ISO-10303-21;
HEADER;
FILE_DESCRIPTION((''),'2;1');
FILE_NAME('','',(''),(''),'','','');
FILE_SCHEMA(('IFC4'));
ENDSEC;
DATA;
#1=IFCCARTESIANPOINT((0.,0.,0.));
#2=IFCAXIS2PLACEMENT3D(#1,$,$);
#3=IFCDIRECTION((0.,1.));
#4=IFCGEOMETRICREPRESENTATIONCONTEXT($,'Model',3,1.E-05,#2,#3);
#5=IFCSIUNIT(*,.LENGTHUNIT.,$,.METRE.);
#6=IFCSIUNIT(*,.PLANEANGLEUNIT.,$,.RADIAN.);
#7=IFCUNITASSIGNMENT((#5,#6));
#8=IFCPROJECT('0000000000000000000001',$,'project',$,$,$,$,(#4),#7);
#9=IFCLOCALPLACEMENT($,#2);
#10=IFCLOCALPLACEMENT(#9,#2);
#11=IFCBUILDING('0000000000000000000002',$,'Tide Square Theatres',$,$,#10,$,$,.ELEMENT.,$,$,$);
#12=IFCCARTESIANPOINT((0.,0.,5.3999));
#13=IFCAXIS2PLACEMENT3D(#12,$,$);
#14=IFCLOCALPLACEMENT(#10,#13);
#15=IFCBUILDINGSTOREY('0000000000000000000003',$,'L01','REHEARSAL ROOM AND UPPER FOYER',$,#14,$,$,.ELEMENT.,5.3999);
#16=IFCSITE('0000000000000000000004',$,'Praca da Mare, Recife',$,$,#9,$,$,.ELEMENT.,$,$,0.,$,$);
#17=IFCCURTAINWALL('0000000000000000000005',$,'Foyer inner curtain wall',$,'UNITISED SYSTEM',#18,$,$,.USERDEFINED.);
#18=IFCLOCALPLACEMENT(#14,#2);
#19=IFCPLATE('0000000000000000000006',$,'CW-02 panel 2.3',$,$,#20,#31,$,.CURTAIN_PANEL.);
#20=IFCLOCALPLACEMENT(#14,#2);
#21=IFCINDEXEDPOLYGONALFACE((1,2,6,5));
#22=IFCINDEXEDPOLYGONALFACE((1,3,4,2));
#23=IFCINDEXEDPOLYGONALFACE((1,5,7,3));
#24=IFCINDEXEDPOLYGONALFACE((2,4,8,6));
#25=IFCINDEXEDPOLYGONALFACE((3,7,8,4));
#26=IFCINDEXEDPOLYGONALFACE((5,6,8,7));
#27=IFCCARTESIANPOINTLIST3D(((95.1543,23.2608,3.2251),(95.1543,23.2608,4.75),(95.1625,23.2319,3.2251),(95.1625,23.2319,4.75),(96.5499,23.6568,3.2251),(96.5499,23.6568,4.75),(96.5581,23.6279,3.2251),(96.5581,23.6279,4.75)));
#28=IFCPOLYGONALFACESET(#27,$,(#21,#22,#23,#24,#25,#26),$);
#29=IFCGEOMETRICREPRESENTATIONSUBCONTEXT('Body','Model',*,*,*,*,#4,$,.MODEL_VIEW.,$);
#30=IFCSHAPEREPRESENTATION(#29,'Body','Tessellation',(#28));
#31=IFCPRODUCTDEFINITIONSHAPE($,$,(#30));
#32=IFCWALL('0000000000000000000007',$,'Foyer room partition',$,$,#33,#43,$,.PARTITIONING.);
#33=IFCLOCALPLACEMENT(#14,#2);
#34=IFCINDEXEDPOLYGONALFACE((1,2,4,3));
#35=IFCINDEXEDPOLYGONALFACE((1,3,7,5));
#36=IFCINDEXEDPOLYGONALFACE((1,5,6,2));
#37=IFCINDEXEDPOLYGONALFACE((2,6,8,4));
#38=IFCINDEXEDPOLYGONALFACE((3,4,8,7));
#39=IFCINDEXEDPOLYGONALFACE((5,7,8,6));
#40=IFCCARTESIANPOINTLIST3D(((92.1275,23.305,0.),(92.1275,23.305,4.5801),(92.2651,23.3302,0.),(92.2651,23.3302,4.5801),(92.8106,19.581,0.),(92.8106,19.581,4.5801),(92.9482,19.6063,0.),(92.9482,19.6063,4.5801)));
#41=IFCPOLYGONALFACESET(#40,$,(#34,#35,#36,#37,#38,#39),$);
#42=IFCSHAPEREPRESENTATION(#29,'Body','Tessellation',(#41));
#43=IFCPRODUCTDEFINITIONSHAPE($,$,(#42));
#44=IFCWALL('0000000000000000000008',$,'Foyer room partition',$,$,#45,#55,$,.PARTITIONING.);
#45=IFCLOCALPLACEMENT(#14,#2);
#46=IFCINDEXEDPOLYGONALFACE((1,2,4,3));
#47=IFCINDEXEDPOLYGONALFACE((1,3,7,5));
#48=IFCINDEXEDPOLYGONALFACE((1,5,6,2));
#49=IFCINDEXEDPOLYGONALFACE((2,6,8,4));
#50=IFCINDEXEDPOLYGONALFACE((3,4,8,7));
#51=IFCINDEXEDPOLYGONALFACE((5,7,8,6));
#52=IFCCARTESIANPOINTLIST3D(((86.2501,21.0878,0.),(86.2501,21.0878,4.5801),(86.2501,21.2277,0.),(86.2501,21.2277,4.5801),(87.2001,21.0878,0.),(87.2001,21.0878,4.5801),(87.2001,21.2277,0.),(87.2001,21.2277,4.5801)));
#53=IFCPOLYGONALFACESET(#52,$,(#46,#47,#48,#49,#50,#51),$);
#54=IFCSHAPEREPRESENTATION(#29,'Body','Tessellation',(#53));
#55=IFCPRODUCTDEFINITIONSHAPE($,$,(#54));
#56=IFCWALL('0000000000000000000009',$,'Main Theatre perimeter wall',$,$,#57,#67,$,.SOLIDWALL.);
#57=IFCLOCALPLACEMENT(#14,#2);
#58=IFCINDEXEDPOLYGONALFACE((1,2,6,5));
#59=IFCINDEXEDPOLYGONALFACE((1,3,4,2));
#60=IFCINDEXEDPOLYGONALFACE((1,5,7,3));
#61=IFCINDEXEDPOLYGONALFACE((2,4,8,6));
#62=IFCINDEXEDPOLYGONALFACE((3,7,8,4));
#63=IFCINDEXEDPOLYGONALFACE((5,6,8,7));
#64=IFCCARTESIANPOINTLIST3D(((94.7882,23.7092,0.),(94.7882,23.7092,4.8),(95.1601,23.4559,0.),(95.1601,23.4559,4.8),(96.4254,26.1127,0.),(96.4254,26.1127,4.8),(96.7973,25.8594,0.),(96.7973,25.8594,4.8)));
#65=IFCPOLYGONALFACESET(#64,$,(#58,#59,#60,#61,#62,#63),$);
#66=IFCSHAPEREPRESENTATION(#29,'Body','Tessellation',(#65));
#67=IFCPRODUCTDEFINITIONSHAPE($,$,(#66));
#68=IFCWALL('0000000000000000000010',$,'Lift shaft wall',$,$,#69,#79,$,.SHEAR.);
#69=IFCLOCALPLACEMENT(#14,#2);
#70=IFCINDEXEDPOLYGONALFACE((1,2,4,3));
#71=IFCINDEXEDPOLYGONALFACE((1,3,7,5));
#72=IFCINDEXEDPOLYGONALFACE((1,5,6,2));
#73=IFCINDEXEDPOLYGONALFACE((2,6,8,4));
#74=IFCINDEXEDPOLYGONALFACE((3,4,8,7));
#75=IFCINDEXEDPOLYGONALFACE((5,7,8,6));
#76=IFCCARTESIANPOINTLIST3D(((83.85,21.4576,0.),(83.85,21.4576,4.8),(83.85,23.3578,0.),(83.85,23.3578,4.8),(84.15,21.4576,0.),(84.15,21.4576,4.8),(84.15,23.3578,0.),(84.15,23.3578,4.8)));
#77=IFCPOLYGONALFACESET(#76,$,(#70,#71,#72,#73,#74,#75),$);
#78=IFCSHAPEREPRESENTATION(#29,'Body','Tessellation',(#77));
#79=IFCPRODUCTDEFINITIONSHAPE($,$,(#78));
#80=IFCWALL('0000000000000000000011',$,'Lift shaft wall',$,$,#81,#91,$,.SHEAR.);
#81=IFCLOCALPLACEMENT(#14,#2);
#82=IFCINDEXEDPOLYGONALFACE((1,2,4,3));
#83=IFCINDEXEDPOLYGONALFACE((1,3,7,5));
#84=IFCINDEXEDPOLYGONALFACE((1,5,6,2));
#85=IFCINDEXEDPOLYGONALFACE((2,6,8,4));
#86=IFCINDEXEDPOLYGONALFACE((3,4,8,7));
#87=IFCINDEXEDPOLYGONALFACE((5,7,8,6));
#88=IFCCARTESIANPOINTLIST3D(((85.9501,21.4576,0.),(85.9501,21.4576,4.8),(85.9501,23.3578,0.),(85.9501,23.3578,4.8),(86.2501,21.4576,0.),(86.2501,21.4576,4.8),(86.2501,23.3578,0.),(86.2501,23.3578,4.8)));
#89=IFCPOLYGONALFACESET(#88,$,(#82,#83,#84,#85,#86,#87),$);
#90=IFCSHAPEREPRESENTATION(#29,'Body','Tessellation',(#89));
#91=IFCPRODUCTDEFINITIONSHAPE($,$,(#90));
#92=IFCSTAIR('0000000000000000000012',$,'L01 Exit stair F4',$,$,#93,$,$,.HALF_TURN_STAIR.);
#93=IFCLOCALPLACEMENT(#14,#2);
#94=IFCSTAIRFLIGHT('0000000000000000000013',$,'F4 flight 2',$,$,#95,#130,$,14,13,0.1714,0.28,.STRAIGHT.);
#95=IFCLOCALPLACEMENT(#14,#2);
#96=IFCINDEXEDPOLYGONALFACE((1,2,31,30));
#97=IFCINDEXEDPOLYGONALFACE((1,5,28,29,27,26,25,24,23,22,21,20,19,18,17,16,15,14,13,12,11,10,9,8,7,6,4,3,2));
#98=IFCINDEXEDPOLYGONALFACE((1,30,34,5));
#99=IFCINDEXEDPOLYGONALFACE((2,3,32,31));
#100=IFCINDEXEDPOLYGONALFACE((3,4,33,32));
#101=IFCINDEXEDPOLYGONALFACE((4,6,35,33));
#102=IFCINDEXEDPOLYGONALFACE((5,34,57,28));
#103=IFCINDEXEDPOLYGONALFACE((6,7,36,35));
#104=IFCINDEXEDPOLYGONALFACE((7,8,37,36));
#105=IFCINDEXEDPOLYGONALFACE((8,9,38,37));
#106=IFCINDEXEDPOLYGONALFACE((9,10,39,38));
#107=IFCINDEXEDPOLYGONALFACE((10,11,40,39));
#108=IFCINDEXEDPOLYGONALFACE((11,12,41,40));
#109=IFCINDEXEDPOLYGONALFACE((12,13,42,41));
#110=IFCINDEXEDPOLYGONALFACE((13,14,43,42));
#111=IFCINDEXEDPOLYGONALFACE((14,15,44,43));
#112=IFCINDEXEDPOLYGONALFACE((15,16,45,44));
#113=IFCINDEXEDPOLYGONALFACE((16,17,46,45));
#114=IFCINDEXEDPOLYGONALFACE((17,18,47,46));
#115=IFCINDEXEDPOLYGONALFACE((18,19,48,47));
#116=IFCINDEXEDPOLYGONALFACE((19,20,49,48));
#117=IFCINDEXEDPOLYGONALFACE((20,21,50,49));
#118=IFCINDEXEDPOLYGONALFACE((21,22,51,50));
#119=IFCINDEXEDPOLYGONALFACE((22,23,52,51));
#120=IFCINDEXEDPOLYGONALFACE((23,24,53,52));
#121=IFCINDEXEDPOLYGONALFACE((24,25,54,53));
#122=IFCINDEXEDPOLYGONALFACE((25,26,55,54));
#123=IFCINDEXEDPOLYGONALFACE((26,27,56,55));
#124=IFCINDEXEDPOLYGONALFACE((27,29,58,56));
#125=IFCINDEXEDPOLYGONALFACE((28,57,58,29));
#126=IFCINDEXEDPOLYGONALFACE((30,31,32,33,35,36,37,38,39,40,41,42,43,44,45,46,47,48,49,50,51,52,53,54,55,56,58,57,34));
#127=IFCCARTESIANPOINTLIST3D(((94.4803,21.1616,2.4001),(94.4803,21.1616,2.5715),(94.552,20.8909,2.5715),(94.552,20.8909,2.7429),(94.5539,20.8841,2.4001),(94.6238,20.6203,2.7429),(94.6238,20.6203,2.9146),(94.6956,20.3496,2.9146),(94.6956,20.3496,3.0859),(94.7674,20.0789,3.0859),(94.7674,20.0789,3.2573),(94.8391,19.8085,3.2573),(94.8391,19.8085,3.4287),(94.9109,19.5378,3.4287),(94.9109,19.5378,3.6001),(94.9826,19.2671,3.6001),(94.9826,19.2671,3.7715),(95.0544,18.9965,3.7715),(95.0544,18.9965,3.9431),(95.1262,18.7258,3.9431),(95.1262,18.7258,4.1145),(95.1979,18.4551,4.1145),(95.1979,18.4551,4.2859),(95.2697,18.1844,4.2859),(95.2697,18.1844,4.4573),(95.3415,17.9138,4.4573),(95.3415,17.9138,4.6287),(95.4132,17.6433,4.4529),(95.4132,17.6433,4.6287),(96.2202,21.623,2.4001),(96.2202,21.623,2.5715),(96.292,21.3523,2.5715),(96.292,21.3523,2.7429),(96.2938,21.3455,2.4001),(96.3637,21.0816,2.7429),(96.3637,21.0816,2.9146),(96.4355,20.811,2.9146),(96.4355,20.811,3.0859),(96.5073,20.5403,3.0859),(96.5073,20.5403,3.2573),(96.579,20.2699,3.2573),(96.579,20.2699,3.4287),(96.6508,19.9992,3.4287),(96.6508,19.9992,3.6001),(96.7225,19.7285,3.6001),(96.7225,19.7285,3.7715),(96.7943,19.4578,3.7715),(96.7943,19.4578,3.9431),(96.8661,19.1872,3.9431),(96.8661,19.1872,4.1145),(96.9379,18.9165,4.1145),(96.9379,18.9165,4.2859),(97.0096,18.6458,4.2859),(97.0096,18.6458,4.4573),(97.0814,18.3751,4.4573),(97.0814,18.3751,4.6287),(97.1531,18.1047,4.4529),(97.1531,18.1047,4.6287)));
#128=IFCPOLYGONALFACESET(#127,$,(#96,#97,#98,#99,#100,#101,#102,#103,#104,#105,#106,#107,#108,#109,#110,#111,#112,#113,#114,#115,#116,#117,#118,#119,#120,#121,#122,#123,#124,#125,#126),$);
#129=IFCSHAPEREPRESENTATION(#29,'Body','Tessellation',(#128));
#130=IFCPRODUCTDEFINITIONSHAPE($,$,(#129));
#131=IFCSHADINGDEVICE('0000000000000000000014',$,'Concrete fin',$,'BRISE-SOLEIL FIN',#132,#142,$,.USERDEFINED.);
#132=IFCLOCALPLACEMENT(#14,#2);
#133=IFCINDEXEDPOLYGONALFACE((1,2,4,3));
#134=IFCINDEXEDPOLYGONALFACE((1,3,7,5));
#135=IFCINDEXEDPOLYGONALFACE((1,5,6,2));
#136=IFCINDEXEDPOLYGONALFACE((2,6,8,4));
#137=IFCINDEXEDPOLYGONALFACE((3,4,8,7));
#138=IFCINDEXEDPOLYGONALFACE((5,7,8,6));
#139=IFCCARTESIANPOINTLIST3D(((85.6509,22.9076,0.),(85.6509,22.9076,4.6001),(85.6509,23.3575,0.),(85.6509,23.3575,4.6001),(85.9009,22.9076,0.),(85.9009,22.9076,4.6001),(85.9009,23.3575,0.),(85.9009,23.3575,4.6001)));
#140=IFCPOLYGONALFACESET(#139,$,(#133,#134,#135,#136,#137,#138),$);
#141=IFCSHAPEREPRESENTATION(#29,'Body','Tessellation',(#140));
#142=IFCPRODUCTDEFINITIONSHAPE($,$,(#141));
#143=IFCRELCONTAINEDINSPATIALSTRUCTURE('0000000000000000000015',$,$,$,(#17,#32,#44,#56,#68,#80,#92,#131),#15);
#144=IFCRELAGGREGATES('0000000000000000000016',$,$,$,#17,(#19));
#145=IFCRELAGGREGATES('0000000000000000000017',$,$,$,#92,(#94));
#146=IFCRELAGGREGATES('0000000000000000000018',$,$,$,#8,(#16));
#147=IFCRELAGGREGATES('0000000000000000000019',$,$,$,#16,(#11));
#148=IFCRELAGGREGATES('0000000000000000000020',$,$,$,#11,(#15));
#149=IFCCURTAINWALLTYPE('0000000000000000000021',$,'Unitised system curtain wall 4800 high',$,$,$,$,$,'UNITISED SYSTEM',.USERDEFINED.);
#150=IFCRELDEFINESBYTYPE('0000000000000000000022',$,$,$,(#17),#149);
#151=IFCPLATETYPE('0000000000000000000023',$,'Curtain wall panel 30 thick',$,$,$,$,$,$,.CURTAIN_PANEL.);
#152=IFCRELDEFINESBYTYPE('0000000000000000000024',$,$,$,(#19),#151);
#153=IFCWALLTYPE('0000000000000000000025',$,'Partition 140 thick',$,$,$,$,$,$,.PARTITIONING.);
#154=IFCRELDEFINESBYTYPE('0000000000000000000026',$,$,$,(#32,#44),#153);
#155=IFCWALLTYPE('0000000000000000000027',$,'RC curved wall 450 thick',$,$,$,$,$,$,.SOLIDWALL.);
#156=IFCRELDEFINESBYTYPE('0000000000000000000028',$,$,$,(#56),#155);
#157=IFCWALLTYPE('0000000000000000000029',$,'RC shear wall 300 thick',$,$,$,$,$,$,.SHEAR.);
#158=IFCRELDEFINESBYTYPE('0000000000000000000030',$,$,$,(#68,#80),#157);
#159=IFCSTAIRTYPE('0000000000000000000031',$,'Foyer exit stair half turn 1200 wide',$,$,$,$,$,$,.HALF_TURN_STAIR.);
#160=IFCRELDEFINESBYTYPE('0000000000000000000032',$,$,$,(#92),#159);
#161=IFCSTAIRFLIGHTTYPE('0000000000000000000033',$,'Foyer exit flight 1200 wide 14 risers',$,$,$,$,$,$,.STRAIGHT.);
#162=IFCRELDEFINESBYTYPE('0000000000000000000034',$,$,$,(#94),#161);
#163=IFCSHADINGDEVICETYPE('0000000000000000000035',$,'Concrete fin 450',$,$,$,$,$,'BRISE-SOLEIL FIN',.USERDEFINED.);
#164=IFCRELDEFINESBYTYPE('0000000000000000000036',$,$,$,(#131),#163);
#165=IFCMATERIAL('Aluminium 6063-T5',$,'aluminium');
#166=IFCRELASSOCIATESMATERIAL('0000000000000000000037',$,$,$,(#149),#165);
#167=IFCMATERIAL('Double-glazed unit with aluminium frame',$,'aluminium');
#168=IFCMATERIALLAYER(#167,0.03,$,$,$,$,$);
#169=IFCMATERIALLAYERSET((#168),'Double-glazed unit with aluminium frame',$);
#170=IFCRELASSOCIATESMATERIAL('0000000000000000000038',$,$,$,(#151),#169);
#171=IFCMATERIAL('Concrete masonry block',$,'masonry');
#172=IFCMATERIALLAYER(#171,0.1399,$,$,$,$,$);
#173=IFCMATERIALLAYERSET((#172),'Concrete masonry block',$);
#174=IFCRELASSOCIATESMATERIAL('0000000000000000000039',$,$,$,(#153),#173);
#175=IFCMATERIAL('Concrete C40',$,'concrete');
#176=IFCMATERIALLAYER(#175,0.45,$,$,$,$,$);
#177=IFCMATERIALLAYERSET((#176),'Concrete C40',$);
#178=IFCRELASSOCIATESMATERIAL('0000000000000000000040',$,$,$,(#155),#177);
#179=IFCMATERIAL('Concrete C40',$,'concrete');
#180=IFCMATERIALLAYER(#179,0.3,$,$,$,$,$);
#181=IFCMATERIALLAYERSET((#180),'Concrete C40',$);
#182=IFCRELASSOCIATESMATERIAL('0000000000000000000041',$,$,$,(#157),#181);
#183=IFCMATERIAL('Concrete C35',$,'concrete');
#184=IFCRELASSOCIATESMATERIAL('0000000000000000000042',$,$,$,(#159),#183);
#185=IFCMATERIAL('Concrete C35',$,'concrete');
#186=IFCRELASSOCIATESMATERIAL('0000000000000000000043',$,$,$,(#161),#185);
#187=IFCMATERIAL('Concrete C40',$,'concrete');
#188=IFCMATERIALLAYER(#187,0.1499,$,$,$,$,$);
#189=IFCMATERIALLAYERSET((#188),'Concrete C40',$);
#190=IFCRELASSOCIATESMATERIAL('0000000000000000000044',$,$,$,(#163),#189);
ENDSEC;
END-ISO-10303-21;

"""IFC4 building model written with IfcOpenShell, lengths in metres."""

from ifc_helpers import new_model, si_unit, direction, frame, frame_2d, origin, origin_2d, place, context, subcontext, project, spatial, polyline, rectangle, outline, extrude, material, layer, layer_set, type_object, element, aggregate, save


model = new_model("IFC4")

# Units and contexts
model_context = context("Model", 3, precision=1e-05, world=origin(), true_north=direction((0.0, 1.0)))
body_context = subcontext(model_context, "Body", "Model", "MODEL_VIEW")
ifc_project = project(units=[si_unit("LENGTHUNIT", "METRE"), si_unit("PLANEANGLEUNIT", "RADIAN")], contexts=[model_context])

# Site, building, storey
site_placement = place(None, origin())
site = spatial("IfcSite", under=ifc_project, at=site_placement, Name="Praca da Mare, Recife", CompositionType="ELEMENT", RefElevation=0.0)
building_placement = place(site_placement, origin())
building = spatial("IfcBuilding", under=site, at=building_placement, Name="Tide Square Theatres", CompositionType="ELEMENT")
storey_placement = place(building_placement, frame((0.0, 0.0, 5.3999)))
storey = spatial("IfcBuildingStorey", under=building, at=storey_placement, Name="L01", Description="REHEARSAL ROOM AND UPPER FOYER", CompositionType="ELEMENT", Elevation=5.3999)

# Curtain wall
ifc_material_1 = material(Name="Aluminium 6063-T5", Category="aluminium")
curtain_wall_type = type_object("IfcCurtainWallType", Name="Unitised system curtain wall 4800 high", ElementType="UNITISED SYSTEM", PredefinedType="USERDEFINED", material=ifc_material_1)
curtain_wall_1_placement = place(storey_placement, origin())
curtain_wall_1 = element("IfcCurtainWall", 1, at=curtain_wall_1_placement, inside=storey, type_object=curtain_wall_type, Name="Foyer inner curtain wall", ObjectType="UNITISED SYSTEM", PredefinedType="USERDEFINED")

# Plate
ifc_material_2 = material(Name="Double-glazed unit with aluminium frame", Category="aluminium")
ifc_layer_1 = layer(ifc_material_2, 0.03)
ifc_layer_set_1 = layer_set([ifc_layer_1], Name="Double-glazed unit with aluminium frame")
plate_type = type_object("IfcPlateType", Name="Curtain wall panel 30 thick", PredefinedType="CURTAIN_PANEL", material=ifc_layer_set_1)
plate_1_placement = place(storey_placement, frame((95.8562, 23.4443, 3.2251), z_axis=(0.0, 0.0, 1.0), x_axis=(-0.962021, -0.272976, 0.0)))
plate_1 = element("IfcPlate", 2, at=plate_1_placement, type_object=plate_type, Name="CW-02 panel 2.3", PredefinedType="CURTAIN_PANEL", context=body_context, shape_type="SweptSolid", body=[
    extrude(rectangle(XDim=1.4507, YDim=0.03, at=origin_2d()), origin(), (0.0, 0.0, 1.0), 1.5249),
])
aggregate(curtain_wall_1, [plate_1])

# Walls
ifc_material_3 = material(Name="Concrete masonry block", Category="masonry")
ifc_layer_2 = layer(ifc_material_3, 0.1399)
ifc_layer_set_2 = layer_set([ifc_layer_2], Name="Concrete masonry block")
wall_type_1 = type_object("IfcWallType", Name="Partition 140 thick", PredefinedType="PARTITIONING", material=ifc_layer_set_2)
wall_1_placement = place(storey_placement, frame((92.1963, 23.3176, 0.0), z_axis=(0.0, 0.0, 1.0), x_axis=(0.180429, -0.983588, 0.0)))
element("IfcWall", 3, at=wall_1_placement, inside=storey, type_object=wall_type_1, Name="Foyer room partition", PredefinedType="PARTITIONING", context=body_context, shape_type="SweptSolid", body=[
    extrude(rectangle(XDim=3.7861, YDim=0.1399, at=frame_2d((1.8931, 0.0))), origin(), (0.0, 0.0, 1.0), 4.5801),
])
wall_2_placement = place(storey_placement, frame((86.25, 21.1577, 0.0), z_axis=(0.0, 0.0, 1.0), x_axis=(1.0, 0.0, 0.0)))
element("IfcWall", 4, at=wall_2_placement, inside=storey, type_object=wall_type_1, Name="Foyer room partition", PredefinedType="PARTITIONING", context=body_context, shape_type="SweptSolid", body=[
    extrude(rectangle(XDim=0.95, YDim=0.1399, at=frame_2d((0.4751, 0.0))), origin(), (0.0, 0.0, 1.0), 4.5801),
])
ifc_material_4 = material(Name="Concrete C40", Category="concrete")
ifc_layer_3 = layer(ifc_material_4, 0.45)
ifc_layer_set_3 = layer_set([ifc_layer_3], Name="Concrete C40")
wall_type_2 = type_object("IfcWallType", Name="RC curved wall 450 thick", PredefinedType="SOLIDWALL", material=ifc_layer_set_3)
wall_3_placement = place(storey_placement, frame((94.9741, 23.5825, 0.0), z_axis=(0.0, 0.0, 1.0), x_axis=(0.562964, 0.826481, 0.0)))
element("IfcWall", 5, at=wall_3_placement, inside=storey, type_object=wall_type_2, Name="Main Theatre perimeter wall", PredefinedType="SOLIDWALL", context=body_context, shape_type="SweptSolid", body=[
    extrude(rectangle(XDim=2.9082, YDim=0.45, at=frame_2d((1.4541, 0.0))), origin(), (0.0, 0.0, 1.0), 4.8),
])
ifc_material_5 = material(Name="Concrete C40", Category="concrete")
ifc_layer_4 = layer(ifc_material_5, 0.3)
ifc_layer_set_4 = layer_set([ifc_layer_4], Name="Concrete C40")
wall_type_3 = type_object("IfcWallType", Name="RC shear wall 300 thick", PredefinedType="SHEAR", material=ifc_layer_set_4)
for number, where, z_axis, x_axis, name in (
    (6, (84.0, 21.4575, 0.0), (0.0, 0.0, 1.0), (0.0, 1.0, 0.0), "Lift shaft wall"),
    (7, (86.1001, 21.4575, 0.0), (0.0, 0.0, 1.0), (0.0, 1.0, 0.0), "Lift shaft wall"),
):
    element("IfcWall", number, at=place(storey_placement, frame(where, z_axis=z_axis, x_axis=x_axis)), inside=storey, type_object=wall_type_3, Name=name, PredefinedType="SHEAR", context=body_context, shape_type="SweptSolid", body=[
        extrude(rectangle(XDim=1.9001, YDim=0.3, at=frame_2d((0.9502, 0.0))), origin(), (0.0, 0.0, 1.0), 4.8),
    ])

# Stair, stair flight
ifc_material_6 = material(Name="Concrete C35", Category="concrete")
stair_type = type_object("IfcStairType", Name="Foyer exit stair half turn 1200 wide", PredefinedType="HALF_TURN_STAIR", material=ifc_material_6)
stair_placement = place(storey_placement, origin())
stair = element("IfcStair", 8, at=stair_placement, inside=storey, type_object=stair_type, Name="L01 Exit stair F4", PredefinedType="HALF_TURN_STAIR")
ifc_material_7 = material(Name="Concrete C35", Category="concrete")
stair_flight_type = type_object("IfcStairFlightType", Name="Foyer exit flight 1200 wide 14 risers", PredefinedType="STRAIGHT", material=ifc_material_7)
stair_flight_placement = place(storey_placement, frame((95.3503, 21.3923, 2.4001), z_axis=(0.0, 0.0, 1.0), x_axis=(0.256311, -0.966594, 0.0)))
stair_flight = element("IfcStairFlight", 9, at=stair_flight_placement, type_object=stair_flight_type, Name="F4 flight 2", NumberOfRisers=14, NumberOfTreads=13, PredefinedType="STRAIGHT", RiserHeight=0.1714, TreadLength=0.28, context=body_context, shape_type="SweptSolid", body=[
    extrude(outline(polyline([(0.0, 0.0), (0.0, 0.1714), (0.28, 0.1714), (0.28, 0.3428), (0.5601, 0.3428), (0.5601, 0.5144), (0.8401, 0.5144), (0.8401, 0.6858), (1.1201, 0.6858), (1.1201, 0.8572), (1.3999, 0.8572), (1.3999, 1.0286), (1.6799, 1.0286), (1.6799, 1.2), (1.96, 1.2), (1.96, 1.3713), (2.24, 1.3713), (2.24, 1.543), (2.52, 1.543), (2.52, 1.7144), (2.8, 1.7144), (2.8, 1.8857), (3.0801, 1.8857), (3.0801, 2.0571), (3.3601, 2.0571), (3.3601, 2.2285), (3.6399, 2.2285), (3.6399, 2.3999), (3.6399, 2.0527), (0.2871, 0.0), (0.0, 0.0)])), frame((0.0, 0.8999, 0.0), z_axis=(0.0, -1.0, 0.0), x_axis=(1.0, 0.0, 0.0)), (0.0, 0.0, 1.0), 1.8),
])
aggregate(stair, [stair_flight])

# Shading device
ifc_material_8 = material(Name="Concrete C40", Category="concrete")
ifc_layer_5 = layer(ifc_material_8, 0.1499)
ifc_layer_set_5 = layer_set([ifc_layer_5], Name="Concrete C40")
shading_device_type = type_object("IfcShadingDeviceType", Name="Concrete fin 450", ElementType="BRISE-SOLEIL FIN", PredefinedType="USERDEFINED", material=ifc_layer_set_5)
shading_device_placement = place(storey_placement, frame((85.7759, 23.1326, 0.0), z_axis=(0.0, 0.0, 1.0), x_axis=(1.0, 0.0, 0.0)))
element("IfcShadingDevice", 10, at=shading_device_placement, inside=storey, type_object=shading_device_type, Name="Concrete fin", ObjectType="BRISE-SOLEIL FIN", PredefinedType="USERDEFINED", context=body_context, shape_type="SweptSolid", body=[
    extrude(rectangle(XDim=0.25, YDim=0.45, at=origin_2d()), origin(), (0.0, 0.0, 1.0), 4.6001),
])

save(model, "model.ifc")
